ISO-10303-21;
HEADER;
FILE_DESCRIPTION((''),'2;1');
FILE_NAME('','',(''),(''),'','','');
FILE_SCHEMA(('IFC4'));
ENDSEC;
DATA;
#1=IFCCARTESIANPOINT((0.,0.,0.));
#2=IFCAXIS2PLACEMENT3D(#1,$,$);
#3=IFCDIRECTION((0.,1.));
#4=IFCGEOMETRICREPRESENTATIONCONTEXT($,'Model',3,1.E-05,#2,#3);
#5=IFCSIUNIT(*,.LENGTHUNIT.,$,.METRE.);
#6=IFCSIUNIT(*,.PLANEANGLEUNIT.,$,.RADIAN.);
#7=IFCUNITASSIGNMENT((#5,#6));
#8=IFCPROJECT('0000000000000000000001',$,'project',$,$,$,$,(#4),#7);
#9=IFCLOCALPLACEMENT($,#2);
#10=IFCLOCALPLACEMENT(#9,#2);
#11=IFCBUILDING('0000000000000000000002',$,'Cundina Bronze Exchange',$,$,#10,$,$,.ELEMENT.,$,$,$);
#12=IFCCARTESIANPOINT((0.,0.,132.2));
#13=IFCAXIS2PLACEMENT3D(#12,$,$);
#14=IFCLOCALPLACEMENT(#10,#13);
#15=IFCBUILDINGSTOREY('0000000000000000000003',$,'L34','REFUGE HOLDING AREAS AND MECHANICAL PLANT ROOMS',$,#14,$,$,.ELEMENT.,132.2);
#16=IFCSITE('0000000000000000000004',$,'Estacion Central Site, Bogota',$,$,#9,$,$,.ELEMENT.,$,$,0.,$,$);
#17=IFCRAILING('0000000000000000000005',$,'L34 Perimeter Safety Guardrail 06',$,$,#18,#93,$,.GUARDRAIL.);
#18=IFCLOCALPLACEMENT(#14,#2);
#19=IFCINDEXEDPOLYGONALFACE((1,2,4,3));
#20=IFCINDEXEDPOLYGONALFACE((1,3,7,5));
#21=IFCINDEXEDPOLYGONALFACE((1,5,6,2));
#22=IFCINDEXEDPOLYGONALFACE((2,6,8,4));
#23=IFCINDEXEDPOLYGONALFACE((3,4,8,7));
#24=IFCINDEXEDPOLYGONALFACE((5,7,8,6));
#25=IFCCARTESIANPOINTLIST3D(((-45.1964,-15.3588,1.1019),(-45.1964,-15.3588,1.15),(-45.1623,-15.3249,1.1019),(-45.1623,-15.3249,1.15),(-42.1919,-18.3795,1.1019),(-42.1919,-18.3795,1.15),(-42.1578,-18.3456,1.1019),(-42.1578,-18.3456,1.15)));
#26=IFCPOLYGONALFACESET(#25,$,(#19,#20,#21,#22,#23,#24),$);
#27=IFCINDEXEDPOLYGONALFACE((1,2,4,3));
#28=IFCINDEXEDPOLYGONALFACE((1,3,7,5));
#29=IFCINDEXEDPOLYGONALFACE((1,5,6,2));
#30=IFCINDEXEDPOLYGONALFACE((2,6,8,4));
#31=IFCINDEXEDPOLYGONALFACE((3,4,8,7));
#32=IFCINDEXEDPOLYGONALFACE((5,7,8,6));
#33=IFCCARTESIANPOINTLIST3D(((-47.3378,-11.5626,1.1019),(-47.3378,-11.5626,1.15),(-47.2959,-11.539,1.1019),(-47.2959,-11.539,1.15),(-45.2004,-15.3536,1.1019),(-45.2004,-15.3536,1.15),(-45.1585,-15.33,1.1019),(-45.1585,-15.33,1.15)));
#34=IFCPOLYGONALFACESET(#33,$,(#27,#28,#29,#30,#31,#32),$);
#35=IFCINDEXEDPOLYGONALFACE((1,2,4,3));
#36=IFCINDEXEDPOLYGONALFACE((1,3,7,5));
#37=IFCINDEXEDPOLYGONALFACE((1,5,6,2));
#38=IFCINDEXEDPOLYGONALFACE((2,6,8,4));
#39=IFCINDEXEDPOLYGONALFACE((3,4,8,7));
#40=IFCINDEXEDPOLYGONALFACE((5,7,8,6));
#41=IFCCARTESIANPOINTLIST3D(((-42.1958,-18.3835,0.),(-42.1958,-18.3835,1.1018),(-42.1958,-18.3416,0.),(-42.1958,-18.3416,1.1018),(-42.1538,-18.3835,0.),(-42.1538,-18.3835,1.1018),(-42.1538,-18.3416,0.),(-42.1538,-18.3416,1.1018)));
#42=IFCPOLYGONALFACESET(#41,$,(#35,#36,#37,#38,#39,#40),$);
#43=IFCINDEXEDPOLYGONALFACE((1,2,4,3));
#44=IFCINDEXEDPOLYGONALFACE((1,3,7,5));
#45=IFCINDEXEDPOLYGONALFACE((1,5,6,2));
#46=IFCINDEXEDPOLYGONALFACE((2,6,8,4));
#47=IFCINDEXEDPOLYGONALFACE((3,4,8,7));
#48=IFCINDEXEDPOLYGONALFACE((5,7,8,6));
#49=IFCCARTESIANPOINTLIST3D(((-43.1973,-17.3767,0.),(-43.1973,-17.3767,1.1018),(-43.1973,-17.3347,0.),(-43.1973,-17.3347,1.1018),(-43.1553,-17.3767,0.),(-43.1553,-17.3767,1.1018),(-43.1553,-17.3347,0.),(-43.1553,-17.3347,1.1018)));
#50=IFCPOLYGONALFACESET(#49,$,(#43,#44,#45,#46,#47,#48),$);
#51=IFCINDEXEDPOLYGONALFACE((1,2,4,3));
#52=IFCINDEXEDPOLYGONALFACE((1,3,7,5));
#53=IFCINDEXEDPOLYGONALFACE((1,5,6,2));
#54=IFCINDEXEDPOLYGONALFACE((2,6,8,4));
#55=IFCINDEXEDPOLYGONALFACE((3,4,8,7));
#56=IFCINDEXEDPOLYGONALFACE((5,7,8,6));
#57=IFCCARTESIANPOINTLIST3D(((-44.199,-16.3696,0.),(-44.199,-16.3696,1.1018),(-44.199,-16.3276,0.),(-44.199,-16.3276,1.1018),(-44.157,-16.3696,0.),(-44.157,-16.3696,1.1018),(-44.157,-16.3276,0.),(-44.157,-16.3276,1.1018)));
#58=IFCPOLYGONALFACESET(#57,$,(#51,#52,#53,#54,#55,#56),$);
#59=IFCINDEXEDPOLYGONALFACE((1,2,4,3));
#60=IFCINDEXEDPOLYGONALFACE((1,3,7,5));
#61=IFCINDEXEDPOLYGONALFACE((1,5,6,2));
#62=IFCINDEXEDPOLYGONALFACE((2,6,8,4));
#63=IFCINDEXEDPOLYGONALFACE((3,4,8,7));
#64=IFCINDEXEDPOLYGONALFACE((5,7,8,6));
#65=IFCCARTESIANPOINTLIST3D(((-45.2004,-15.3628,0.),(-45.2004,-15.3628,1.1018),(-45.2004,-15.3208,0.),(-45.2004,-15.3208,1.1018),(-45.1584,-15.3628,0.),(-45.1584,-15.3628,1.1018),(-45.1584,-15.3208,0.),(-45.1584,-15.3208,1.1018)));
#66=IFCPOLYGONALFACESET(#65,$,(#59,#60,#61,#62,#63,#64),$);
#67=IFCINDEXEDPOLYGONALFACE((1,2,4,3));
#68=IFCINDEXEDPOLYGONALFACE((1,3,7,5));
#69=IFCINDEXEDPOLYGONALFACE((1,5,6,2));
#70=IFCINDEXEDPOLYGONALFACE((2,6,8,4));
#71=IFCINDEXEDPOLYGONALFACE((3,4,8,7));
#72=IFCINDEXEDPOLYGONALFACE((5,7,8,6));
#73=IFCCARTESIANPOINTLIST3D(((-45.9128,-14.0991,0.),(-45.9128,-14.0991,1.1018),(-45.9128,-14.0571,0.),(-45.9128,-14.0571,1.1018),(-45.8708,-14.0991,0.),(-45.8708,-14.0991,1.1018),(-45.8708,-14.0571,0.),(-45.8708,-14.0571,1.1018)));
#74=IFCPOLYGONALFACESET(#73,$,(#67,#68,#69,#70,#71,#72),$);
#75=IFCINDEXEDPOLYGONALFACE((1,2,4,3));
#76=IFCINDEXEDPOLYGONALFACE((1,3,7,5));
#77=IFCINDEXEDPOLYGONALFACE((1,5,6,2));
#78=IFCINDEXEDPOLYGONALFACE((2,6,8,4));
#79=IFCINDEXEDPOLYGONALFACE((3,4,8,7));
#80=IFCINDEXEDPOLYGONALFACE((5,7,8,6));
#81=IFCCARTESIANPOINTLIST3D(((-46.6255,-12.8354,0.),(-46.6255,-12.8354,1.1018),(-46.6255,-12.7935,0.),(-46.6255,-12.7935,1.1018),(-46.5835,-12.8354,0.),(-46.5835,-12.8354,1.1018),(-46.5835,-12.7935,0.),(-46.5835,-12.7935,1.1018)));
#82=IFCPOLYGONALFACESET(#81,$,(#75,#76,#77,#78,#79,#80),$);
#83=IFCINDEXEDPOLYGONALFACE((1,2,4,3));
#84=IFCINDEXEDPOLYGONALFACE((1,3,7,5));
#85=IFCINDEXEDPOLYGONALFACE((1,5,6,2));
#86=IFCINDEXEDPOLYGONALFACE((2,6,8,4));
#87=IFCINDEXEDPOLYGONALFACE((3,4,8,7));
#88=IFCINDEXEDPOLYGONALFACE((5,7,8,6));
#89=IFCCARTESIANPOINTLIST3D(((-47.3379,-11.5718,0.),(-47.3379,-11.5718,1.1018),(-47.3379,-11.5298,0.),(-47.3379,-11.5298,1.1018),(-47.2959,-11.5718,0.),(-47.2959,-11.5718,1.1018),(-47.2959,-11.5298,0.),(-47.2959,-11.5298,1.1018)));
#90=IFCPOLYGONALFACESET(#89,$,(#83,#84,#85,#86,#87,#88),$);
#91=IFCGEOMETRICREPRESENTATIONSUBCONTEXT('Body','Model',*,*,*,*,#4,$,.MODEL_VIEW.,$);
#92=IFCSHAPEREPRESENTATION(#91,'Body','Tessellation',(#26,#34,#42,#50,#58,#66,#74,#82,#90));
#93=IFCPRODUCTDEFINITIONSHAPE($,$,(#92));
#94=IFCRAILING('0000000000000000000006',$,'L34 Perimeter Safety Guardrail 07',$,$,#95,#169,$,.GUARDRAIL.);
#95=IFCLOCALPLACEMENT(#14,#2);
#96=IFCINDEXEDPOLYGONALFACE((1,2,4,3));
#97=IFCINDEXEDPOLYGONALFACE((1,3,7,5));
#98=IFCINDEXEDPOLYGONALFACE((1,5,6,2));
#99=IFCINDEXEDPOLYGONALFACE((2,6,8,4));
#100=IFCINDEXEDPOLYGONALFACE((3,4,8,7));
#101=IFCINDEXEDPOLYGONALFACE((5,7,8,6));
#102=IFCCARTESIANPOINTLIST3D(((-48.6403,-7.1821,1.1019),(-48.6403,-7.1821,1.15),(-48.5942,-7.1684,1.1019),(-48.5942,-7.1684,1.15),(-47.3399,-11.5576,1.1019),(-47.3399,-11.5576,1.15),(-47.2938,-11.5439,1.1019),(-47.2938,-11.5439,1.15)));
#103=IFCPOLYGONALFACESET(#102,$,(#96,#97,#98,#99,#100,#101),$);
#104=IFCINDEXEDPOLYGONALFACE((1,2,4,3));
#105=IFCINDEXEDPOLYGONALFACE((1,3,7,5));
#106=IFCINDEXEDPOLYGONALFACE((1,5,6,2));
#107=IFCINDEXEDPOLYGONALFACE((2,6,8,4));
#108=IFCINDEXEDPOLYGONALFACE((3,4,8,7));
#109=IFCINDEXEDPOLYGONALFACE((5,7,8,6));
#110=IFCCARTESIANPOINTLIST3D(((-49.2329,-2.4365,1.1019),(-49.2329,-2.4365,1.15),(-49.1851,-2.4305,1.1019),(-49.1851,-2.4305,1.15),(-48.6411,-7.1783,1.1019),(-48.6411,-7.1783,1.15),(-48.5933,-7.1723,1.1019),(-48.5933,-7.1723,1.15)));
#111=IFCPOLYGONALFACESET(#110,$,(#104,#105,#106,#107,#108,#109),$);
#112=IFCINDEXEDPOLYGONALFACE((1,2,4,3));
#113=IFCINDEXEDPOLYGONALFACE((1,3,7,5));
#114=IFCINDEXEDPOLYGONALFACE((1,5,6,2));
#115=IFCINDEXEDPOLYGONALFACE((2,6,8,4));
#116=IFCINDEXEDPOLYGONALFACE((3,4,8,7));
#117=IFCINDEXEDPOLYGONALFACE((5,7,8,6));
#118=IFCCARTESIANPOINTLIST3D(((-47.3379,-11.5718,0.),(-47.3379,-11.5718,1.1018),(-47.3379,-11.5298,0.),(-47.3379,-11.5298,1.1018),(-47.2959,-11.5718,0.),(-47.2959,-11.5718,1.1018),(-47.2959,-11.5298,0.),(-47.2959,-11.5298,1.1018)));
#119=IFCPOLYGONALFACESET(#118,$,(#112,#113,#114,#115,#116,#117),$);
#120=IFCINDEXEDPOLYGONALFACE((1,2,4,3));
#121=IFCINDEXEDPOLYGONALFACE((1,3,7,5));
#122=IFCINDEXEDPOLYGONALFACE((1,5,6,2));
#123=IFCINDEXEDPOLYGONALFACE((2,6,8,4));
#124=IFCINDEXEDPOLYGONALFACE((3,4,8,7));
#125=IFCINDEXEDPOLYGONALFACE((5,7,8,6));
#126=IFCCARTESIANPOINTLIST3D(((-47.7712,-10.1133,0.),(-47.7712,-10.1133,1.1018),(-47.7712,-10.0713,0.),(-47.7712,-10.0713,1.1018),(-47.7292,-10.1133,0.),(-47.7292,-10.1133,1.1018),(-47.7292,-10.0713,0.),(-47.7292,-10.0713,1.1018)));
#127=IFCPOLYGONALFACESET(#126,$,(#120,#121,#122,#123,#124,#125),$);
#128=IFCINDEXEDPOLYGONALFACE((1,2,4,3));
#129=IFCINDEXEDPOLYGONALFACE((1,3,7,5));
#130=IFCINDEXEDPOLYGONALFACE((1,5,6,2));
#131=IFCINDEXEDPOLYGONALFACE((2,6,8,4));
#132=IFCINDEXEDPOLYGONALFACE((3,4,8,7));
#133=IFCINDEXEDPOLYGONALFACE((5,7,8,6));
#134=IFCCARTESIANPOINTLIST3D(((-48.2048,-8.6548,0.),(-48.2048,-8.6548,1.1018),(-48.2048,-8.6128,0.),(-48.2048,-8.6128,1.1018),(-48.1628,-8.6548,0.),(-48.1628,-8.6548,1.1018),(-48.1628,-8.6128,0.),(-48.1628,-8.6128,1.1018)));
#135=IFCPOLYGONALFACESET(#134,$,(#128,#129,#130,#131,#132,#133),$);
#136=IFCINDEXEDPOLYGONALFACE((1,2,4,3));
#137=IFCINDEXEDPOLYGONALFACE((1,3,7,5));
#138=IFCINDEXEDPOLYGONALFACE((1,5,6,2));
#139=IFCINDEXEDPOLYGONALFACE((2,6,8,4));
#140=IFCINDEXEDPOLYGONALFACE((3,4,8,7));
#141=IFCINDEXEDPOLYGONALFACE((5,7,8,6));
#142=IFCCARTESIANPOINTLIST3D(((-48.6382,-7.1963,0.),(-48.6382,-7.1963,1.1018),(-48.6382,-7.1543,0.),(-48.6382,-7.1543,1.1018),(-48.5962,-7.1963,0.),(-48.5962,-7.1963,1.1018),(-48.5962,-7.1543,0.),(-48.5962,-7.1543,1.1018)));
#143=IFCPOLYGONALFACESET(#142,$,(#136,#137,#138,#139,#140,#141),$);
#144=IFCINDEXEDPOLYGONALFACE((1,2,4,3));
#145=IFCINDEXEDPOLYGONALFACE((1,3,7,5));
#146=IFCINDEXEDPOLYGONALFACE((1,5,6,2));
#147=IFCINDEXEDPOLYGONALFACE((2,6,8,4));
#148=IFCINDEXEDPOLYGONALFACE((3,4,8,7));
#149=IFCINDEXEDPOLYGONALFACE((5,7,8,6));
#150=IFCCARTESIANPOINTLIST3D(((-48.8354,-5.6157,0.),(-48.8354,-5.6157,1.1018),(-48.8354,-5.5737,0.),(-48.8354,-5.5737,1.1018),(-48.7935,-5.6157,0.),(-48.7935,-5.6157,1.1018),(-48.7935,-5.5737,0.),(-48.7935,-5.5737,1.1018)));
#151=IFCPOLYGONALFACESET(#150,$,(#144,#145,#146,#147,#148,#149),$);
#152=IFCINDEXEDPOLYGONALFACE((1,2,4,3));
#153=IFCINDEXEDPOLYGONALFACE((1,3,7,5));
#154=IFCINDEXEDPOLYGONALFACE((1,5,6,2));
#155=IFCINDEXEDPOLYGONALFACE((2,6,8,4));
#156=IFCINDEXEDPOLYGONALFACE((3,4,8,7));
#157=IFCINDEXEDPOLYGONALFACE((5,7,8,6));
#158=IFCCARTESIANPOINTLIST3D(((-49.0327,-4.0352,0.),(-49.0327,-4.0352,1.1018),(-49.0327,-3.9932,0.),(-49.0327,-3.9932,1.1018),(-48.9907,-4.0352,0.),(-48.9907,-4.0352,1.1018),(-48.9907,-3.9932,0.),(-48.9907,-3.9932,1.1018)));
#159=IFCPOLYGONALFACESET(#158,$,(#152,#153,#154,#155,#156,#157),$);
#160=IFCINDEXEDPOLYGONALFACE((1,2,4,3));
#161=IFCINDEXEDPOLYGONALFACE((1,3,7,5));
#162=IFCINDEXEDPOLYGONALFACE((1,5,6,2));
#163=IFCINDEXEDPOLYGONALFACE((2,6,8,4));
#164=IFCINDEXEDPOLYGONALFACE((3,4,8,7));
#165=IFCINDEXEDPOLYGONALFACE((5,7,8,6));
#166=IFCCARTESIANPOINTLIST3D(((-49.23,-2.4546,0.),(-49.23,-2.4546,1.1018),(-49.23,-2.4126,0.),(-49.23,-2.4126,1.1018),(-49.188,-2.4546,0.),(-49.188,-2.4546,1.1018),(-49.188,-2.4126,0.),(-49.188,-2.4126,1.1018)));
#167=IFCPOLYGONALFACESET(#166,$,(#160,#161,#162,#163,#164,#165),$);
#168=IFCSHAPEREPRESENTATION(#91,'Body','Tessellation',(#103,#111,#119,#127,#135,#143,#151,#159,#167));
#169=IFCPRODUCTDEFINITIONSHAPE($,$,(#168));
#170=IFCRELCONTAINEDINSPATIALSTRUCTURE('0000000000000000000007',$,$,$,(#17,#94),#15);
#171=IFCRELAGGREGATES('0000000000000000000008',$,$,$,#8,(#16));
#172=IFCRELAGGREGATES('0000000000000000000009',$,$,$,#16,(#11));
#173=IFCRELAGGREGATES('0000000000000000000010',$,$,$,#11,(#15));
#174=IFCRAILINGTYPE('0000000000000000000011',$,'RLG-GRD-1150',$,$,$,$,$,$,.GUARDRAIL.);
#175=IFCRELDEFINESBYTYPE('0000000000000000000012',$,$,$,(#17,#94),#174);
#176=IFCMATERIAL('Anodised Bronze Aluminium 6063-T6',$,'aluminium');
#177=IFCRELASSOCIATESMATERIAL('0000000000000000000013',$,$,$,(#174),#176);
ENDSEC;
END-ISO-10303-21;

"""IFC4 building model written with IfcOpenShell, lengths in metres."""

from ifc_helpers import new_model, si_unit, direction, frame, origin, origin_2d, place, context, subcontext, project, spatial, rectangle, extrude, material, type_object, element, save


model = new_model("IFC4")

# Units and contexts
model_context = context("Model", 3, precision=1e-05, world=origin(), true_north=direction((0.0, 1.0)))
body_context = subcontext(model_context, "Body", "Model", "MODEL_VIEW")
ifc_project = project(units=[si_unit("LENGTHUNIT", "METRE"), si_unit("PLANEANGLEUNIT", "RADIAN")], contexts=[model_context])

# Site, building, storey
site_placement = place(None, origin())
site = spatial("IfcSite", under=ifc_project, at=site_placement, Name="Estacion Central Site, Bogota", CompositionType="ELEMENT", RefElevation=0.0)
building_placement = place(site_placement, origin())
building = spatial("IfcBuilding", under=site, at=building_placement, Name="Cundina Bronze Exchange", CompositionType="ELEMENT")
storey_placement = place(building_placement, frame((0.0, 0.0, 132.2)))
storey = spatial("IfcBuildingStorey", under=building, at=storey_placement, Name="L34", Description="REFUGE HOLDING AREAS AND MECHANICAL PLANT ROOMS", CompositionType="ELEMENT", Elevation=132.2)

# Shared definitions
ifc_material_1 = material(Name="Anodised Bronze Aluminium 6063-T6", Category="aluminium")

# Railings
railing_type = type_object("IfcRailingType", Name="RLG-GRD-1150", PredefinedType="GUARDRAIL", material=ifc_material_1)
railing_1_placement = place(storey_placement, frame((-42.1748, -18.3625, 0.0)))
element("IfcRailing", 1, at=railing_1_placement, inside=storey, type_object=railing_type, Name="L34 Perimeter Safety Guardrail 06", PredefinedType="GUARDRAIL", context=body_context, shape_type="SweptSolid", body=[
    extrude(rectangle(XDim=0.0481, YDim=0.0481, at=origin_2d()), frame((0.0, 0.0, 1.126), z_axis=(-0.705213, 0.708995, 0.0), x_axis=(-0.708995, -0.705213, 0.0)), (0.0, 0.0, 1.0), 4.2605),
    extrude(rectangle(XDim=0.0481, YDim=0.0481, at=origin_2d()), frame((-3.0046, 3.0208, 1.126), z_axis=(-0.491135, 0.871084, 0.0), x_axis=(-0.871084, -0.491135, 0.0)), (0.0, 0.0, 1.0), 4.3521),
    extrude(rectangle(XDim=0.042, YDim=0.042, at=origin_2d()), origin(), (0.0, 0.0, 1.0), 1.1018),
    extrude(rectangle(XDim=0.042, YDim=0.042, at=origin_2d()), frame((-1.0015, 1.0068, 0.0)), (0.0, 0.0, 1.0), 1.1018),
    extrude(rectangle(XDim=0.042, YDim=0.042, at=origin_2d()), frame((-2.0032, 2.0139, 0.0)), (0.0, 0.0, 1.0), 1.1018),
    extrude(rectangle(XDim=0.042, YDim=0.042, at=origin_2d()), frame((-3.0046, 3.0208, 0.0)), (0.0, 0.0, 1.0), 1.1018),
    extrude(rectangle(XDim=0.042, YDim=0.042, at=origin_2d()), frame((-3.717, 4.2844, 0.0)), (0.0, 0.0, 1.0), 1.1018),
    extrude(rectangle(XDim=0.042, YDim=0.042, at=origin_2d()), frame((-4.4297, 5.5481, 0.0)), (0.0, 0.0, 1.0), 1.1018),
    extrude(rectangle(XDim=0.042, YDim=0.042, at=origin_2d()), frame((-5.1421, 6.8118, 0.0)), (0.0, 0.0, 1.0), 1.1018),
])
railing_2_placement = place(storey_placement, frame((-47.3169, -11.5508, 0.0)))
element("IfcRailing", 2, at=railing_2_placement, inside=storey, type_object=railing_type, Name="L34 Perimeter Safety Guardrail 07", PredefinedType="GUARDRAIL", context=body_context, shape_type="SweptSolid", body=[
    extrude(rectangle(XDim=0.0481, YDim=0.0481, at=origin_2d()), frame((0.0, 0.0, 1.126), z_axis=(-0.284864, 0.958568, 0.0), x_axis=(-0.958568, -0.284864, 0.0)), (0.0, 0.0, 1.0), 4.5647),
    extrude(rectangle(XDim=0.0481, YDim=0.0481, at=origin_2d()), frame((-1.3003, 4.3755, 1.126), z_axis=(-0.123846, 0.992301, 0.0), x_axis=(-0.992301, -0.123846, 0.0)), (0.0, 0.0, 1.0), 4.7786),
    extrude(rectangle(XDim=0.042, YDim=0.042, at=origin_2d()), origin(), (0.0, 0.0, 1.0), 1.1018),
    extrude(rectangle(XDim=0.042, YDim=0.042, at=origin_2d()), frame((-0.4333, 1.4585, 0.0)), (0.0, 0.0, 1.0), 1.1018),
    extrude(rectangle(XDim=0.042, YDim=0.042, at=origin_2d()), frame((-0.8669, 2.917, 0.0)), (0.0, 0.0, 1.0), 1.1018),
    extrude(rectangle(XDim=0.042, YDim=0.042, at=origin_2d()), frame((-1.3003, 4.3755, 0.0)), (0.0, 0.0, 1.0), 1.1018),
    extrude(rectangle(XDim=0.042, YDim=0.042, at=origin_2d()), frame((-1.4976, 5.9561, 0.0)), (0.0, 0.0, 1.0), 1.1018),
    extrude(rectangle(XDim=0.042, YDim=0.042, at=origin_2d()), frame((-1.6948, 7.5366, 0.0)), (0.0, 0.0, 1.0), 1.1018),
    extrude(rectangle(XDim=0.042, YDim=0.042, at=origin_2d()), frame((-1.8921, 9.1172, 0.0)), (0.0, 0.0, 1.0), 1.1018),
])

save(model, "model.ifc")
